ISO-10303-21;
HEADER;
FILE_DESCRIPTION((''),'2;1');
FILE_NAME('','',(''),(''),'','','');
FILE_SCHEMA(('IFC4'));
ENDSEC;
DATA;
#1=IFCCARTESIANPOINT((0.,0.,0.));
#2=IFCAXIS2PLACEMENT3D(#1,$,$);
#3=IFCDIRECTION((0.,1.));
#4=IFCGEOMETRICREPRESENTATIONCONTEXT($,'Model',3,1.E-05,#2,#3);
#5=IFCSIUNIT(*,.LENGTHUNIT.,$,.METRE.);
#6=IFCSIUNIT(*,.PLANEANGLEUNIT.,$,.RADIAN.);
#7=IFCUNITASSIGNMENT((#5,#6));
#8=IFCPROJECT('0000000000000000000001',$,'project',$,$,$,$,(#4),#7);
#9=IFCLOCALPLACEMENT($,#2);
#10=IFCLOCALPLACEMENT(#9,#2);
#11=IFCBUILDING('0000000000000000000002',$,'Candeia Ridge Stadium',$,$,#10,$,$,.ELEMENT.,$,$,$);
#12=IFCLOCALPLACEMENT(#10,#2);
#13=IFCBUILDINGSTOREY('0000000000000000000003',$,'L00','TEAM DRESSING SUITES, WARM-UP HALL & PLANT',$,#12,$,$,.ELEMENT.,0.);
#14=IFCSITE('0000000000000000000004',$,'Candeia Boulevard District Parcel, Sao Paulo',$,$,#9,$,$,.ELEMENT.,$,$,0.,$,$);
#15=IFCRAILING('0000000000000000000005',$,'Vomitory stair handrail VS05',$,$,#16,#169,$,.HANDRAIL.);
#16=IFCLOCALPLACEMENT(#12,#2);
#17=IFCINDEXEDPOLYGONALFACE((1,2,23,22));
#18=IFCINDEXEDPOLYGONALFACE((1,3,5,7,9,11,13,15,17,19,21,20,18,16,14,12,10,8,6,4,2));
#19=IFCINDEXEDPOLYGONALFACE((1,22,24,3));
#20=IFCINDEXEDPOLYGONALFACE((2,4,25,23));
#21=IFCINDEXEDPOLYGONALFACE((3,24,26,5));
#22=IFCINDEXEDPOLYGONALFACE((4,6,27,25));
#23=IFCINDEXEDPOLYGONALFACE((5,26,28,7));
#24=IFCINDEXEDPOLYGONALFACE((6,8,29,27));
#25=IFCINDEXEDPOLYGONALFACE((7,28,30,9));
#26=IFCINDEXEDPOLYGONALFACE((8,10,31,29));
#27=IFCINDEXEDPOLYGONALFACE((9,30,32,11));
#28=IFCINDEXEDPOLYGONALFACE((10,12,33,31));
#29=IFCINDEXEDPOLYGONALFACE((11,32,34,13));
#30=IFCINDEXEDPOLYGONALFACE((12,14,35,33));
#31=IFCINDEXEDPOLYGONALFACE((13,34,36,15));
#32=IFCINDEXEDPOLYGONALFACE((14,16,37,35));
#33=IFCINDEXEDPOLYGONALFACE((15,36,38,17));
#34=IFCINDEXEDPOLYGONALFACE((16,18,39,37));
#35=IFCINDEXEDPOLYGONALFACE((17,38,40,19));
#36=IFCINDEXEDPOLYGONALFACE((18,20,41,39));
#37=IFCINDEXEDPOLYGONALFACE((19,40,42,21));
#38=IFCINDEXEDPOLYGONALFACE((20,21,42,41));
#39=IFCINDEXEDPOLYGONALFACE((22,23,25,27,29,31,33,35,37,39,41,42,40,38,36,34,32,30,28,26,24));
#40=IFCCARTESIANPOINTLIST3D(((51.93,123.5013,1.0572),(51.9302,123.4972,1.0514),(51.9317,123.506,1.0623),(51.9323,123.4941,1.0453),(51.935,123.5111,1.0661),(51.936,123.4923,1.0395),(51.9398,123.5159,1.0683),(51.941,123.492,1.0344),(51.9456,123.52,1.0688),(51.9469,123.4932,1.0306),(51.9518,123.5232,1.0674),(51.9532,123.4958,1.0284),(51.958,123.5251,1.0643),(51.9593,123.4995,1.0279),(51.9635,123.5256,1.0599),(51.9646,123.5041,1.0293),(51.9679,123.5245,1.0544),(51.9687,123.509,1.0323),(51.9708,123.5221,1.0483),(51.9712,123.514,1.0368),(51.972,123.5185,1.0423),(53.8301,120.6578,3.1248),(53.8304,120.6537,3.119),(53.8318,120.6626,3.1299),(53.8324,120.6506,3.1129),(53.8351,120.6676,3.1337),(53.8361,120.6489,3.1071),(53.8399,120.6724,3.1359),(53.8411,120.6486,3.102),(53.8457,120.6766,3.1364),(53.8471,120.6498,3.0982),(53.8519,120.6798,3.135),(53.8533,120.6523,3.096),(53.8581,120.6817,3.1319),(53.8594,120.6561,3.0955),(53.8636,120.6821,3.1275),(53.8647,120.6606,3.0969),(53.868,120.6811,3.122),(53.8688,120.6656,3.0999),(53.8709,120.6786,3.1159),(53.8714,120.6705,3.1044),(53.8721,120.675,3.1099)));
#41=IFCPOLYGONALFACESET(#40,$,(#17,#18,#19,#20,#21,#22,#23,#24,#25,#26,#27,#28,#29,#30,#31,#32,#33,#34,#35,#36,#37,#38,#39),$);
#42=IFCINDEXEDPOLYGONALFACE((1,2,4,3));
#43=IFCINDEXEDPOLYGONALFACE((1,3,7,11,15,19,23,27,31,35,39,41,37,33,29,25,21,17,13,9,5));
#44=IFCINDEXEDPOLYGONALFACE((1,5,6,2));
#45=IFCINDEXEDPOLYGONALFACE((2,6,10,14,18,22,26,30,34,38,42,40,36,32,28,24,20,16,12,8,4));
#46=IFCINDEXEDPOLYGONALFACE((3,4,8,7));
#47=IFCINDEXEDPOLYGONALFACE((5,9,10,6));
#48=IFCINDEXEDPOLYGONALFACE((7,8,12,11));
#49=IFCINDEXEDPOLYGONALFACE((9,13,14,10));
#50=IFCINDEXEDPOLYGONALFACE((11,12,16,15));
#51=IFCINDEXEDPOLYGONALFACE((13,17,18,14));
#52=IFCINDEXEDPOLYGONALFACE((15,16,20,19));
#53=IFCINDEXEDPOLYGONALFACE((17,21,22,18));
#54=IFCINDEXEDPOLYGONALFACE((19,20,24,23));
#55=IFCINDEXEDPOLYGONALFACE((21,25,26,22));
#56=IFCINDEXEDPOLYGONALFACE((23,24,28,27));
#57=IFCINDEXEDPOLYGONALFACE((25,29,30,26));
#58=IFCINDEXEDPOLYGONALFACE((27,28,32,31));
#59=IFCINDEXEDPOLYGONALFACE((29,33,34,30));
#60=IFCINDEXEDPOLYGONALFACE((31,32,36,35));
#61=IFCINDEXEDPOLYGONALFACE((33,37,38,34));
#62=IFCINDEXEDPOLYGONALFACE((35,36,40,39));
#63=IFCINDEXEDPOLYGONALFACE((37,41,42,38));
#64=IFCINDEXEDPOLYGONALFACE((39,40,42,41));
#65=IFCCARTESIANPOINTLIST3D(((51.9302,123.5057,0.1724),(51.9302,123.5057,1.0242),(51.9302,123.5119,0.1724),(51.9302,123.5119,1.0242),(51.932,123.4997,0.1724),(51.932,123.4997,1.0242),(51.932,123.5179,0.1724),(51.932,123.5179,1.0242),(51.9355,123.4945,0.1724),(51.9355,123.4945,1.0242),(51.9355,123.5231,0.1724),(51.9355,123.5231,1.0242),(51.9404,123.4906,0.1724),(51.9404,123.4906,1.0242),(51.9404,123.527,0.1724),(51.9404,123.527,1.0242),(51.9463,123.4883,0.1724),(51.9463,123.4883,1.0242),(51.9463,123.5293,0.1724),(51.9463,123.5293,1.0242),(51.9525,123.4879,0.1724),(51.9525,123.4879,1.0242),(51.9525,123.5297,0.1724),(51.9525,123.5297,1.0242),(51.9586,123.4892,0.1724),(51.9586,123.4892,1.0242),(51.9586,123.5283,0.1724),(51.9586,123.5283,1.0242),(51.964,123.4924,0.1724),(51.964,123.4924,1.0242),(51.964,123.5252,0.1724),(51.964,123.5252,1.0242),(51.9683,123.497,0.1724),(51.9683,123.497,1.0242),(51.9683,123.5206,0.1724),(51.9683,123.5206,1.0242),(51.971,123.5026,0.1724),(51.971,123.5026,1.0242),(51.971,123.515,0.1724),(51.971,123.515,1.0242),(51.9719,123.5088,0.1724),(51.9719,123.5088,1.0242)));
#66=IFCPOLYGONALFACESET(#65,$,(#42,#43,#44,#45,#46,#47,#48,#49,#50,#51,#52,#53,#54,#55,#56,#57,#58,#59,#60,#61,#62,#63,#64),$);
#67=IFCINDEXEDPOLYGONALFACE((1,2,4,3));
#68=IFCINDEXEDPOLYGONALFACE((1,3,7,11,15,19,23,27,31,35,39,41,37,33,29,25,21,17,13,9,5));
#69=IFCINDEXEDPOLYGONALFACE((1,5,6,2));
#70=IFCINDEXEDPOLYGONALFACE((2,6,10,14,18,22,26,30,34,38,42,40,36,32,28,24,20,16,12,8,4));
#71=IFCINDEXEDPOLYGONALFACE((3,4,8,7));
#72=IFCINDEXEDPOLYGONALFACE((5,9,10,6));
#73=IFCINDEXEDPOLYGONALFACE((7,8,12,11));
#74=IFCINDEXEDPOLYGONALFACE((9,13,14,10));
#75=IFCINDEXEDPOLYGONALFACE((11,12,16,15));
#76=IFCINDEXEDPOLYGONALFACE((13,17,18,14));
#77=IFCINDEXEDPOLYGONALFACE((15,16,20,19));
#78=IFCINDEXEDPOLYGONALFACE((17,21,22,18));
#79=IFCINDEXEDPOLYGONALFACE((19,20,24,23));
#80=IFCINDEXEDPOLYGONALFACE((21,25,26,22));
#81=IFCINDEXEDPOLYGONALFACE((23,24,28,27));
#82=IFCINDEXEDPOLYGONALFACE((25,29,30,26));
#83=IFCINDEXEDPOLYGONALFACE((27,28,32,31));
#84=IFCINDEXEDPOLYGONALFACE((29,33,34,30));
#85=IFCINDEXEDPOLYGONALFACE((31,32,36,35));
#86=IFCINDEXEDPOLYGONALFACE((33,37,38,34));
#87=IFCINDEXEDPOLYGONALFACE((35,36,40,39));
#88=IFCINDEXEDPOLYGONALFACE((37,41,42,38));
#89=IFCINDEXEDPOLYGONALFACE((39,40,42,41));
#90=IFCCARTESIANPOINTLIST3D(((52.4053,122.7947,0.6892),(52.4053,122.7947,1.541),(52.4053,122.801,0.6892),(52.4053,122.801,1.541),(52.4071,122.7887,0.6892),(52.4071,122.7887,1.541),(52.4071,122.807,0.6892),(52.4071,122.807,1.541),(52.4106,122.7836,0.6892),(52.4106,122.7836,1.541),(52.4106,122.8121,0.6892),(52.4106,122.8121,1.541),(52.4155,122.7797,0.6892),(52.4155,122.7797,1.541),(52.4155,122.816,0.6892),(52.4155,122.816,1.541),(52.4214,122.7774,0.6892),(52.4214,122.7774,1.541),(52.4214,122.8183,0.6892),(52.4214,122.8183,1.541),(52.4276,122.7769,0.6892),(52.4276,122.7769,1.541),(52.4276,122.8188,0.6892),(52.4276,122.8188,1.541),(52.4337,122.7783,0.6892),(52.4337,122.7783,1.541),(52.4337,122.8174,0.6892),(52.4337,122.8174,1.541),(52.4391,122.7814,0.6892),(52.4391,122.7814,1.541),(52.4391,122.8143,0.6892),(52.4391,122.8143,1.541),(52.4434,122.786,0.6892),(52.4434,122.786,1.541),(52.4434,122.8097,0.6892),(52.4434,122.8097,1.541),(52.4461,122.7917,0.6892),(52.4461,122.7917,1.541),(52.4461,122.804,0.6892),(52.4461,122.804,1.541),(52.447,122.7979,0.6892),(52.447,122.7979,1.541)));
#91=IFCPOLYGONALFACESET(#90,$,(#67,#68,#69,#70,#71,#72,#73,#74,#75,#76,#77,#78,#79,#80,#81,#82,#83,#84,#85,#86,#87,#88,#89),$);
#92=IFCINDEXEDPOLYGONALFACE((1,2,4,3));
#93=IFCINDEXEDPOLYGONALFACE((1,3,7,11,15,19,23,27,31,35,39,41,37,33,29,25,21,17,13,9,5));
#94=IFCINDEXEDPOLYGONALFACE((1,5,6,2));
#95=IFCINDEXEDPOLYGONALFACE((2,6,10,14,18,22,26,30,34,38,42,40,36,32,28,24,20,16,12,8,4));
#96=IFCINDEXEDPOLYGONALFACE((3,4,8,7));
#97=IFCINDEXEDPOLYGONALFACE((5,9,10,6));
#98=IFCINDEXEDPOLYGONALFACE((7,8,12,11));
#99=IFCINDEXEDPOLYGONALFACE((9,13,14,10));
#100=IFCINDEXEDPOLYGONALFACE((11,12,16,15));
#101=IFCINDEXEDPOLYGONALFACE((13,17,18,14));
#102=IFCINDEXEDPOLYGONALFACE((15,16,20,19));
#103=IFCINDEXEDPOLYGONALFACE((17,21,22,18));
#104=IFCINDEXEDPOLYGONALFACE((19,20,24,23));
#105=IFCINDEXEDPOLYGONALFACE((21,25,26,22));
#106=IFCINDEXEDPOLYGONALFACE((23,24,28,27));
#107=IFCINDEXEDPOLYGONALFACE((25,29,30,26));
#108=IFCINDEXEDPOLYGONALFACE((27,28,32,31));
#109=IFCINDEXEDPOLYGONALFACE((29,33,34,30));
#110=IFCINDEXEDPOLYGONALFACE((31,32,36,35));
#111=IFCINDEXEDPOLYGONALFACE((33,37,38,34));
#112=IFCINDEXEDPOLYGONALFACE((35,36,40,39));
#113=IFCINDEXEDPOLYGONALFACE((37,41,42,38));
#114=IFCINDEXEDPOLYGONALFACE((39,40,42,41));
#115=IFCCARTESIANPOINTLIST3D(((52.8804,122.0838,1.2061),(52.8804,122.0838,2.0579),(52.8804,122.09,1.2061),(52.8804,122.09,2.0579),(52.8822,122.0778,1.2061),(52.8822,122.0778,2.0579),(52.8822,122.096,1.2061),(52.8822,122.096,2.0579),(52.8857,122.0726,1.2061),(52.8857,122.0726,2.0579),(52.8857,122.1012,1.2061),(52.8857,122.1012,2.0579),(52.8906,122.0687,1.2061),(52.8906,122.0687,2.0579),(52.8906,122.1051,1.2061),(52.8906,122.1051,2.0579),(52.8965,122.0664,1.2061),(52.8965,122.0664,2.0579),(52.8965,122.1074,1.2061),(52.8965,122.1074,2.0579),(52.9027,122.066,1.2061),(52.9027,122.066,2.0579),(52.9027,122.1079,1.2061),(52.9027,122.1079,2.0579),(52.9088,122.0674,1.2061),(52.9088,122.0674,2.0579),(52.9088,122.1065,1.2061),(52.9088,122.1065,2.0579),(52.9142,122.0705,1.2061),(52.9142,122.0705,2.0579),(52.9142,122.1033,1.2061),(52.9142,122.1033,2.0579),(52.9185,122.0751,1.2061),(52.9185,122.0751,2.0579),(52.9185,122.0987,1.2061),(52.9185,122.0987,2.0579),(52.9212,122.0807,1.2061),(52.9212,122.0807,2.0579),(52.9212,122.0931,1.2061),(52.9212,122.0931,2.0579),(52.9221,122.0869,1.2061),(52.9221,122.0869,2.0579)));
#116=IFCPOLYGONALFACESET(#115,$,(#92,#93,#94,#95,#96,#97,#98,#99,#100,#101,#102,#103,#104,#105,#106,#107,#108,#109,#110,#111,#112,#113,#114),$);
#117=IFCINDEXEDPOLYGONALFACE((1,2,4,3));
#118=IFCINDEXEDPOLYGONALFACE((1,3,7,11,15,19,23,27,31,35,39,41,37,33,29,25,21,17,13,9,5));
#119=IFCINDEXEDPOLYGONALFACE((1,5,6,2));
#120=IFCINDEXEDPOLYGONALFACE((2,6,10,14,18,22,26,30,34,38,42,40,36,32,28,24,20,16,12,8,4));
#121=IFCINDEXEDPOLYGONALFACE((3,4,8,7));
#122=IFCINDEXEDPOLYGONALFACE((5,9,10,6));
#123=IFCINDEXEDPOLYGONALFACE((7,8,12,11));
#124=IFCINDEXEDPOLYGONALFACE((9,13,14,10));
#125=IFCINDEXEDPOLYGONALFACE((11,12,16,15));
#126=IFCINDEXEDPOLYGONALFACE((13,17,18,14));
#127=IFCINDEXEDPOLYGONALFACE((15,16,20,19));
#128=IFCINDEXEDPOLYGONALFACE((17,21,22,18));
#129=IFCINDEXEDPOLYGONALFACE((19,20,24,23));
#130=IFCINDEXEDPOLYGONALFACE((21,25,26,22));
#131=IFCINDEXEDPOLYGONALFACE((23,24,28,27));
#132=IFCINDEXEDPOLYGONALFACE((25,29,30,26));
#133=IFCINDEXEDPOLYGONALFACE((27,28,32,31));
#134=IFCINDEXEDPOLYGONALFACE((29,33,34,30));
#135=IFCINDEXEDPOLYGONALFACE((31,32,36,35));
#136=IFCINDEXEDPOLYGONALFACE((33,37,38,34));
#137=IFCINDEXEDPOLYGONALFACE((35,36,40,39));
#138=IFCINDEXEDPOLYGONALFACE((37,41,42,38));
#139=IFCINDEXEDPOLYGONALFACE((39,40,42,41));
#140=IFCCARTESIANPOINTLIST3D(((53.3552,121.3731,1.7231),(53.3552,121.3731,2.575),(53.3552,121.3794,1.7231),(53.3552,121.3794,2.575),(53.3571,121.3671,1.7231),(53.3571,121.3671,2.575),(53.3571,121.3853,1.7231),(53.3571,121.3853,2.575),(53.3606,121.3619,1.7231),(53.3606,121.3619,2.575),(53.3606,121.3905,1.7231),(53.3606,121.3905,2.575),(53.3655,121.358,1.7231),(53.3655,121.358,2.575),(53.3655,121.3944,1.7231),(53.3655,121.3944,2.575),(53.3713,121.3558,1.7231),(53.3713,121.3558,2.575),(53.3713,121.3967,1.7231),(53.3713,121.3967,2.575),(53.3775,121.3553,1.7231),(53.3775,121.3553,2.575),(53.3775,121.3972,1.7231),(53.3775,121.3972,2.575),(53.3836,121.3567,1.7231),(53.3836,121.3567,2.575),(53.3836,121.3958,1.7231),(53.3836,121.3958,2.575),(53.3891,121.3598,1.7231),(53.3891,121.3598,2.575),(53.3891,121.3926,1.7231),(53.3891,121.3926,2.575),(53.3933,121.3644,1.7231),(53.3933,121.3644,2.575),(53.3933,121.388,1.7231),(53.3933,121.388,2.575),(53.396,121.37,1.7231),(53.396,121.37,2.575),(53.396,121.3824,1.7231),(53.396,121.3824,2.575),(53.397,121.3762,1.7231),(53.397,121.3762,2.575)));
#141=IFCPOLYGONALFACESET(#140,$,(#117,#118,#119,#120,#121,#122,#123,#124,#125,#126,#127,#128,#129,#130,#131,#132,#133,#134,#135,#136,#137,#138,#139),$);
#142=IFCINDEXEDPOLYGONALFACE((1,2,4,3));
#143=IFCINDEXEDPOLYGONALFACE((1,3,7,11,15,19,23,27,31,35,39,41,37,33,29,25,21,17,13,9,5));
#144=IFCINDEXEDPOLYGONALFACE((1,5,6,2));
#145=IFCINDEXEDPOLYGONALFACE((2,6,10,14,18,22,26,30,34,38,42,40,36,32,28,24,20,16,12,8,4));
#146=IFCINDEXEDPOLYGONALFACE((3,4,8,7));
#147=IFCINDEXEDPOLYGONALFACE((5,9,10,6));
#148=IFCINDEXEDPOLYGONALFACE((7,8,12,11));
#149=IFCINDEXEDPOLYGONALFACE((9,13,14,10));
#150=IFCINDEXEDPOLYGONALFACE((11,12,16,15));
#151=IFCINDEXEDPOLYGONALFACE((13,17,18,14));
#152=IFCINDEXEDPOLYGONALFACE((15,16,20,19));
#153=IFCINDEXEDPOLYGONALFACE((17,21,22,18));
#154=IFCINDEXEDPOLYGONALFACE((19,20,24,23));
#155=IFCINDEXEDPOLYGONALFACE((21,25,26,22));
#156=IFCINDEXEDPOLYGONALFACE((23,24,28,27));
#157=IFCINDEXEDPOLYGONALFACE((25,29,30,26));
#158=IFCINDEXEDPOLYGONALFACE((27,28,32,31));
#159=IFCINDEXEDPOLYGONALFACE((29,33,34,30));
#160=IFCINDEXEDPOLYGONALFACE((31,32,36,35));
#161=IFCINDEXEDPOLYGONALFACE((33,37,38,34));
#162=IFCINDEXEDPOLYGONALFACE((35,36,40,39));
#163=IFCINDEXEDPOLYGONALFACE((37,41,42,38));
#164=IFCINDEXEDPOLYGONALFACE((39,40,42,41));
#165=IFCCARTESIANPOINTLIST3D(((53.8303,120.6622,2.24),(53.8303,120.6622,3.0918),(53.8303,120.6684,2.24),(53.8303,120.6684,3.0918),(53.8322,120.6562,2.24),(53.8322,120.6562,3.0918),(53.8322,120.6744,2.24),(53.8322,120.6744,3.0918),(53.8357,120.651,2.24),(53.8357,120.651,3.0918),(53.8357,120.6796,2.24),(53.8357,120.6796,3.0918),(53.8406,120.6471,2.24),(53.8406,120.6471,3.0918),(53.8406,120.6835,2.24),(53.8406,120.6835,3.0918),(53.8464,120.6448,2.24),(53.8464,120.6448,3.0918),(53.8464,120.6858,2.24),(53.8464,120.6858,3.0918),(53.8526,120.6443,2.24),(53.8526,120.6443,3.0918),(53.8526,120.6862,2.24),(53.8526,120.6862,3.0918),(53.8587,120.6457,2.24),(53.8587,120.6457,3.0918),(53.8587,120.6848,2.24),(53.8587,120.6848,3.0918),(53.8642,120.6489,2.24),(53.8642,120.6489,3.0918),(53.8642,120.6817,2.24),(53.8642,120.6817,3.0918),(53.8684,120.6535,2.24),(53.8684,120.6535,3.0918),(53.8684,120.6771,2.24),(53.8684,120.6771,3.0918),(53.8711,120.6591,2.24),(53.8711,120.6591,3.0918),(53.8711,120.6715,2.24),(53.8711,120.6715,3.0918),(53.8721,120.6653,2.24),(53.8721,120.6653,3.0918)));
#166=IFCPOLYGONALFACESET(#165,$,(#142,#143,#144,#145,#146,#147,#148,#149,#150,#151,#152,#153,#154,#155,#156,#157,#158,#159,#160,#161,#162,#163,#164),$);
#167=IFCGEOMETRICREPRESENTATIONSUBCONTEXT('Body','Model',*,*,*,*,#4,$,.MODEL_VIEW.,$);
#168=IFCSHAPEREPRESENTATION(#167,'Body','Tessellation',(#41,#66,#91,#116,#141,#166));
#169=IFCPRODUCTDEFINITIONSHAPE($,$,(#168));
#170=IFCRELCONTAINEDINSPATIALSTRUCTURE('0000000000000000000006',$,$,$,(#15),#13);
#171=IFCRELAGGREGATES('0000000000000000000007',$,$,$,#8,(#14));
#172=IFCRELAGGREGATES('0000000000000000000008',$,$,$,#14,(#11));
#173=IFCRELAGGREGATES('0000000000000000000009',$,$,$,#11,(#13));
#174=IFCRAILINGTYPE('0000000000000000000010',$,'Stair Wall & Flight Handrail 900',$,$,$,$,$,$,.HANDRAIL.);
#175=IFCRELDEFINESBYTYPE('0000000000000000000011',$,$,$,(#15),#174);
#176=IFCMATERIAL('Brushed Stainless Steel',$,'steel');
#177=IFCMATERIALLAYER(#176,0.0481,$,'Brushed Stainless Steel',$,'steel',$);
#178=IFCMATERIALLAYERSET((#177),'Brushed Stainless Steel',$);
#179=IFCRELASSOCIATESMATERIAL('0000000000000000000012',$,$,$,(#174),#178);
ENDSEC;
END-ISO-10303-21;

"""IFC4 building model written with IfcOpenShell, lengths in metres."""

from ifc_helpers import new_model, si_unit, direction, frame, origin, origin_2d, place, context, subcontext, project, spatial, circle, extrude, material, layer, layer_set, type_object, element, save


model = new_model("IFC4")

# Units and contexts
model_context = context("Model", 3, precision=1e-05, world=origin(), true_north=direction((0.0, 1.0)))
body_context = subcontext(model_context, "Body", "Model", "MODEL_VIEW")
ifc_project = project(units=[si_unit("LENGTHUNIT", "METRE"), si_unit("PLANEANGLEUNIT", "RADIAN")], contexts=[model_context])

# Site, building, storey
site_placement = place(None, origin())
site = spatial("IfcSite", under=ifc_project, at=site_placement, Name="Candeia Boulevard District Parcel, Sao Paulo", CompositionType="ELEMENT", RefElevation=0.0)
building_placement = place(site_placement, origin())
building = spatial("IfcBuilding", under=site, at=building_placement, Name="Candeia Ridge Stadium", CompositionType="ELEMENT")
storey_placement = place(building_placement, origin())
storey = spatial("IfcBuildingStorey", under=building, at=storey_placement, Name="L00", Description="TEAM DRESSING SUITES, WARM-UP HALL & PLANT", CompositionType="ELEMENT", Elevation=0.0)

# Railing
ifc_material_1 = material(Name="Brushed Stainless Steel", Category="steel")
ifc_layer_1 = layer(ifc_material_1, 0.0481, Name="Brushed Stainless Steel", Category="steel")
ifc_layer_set_1 = layer_set([ifc_layer_1], Name="Brushed Stainless Steel")
railing_type_1 = type_object("IfcRailingType", Name="Stair Wall & Flight Handrail 900", PredefinedType="HANDRAIL", material=ifc_layer_set_1)
railing_1_placement = place(storey_placement, frame((51.9509, 123.5088, 0.1724)))
element("IfcRailing", 1, at=railing_1_placement, inside=storey, type_object=railing_type_1, Name="Vomitory stair handrail VS05", PredefinedType="HANDRAIL", context=body_context, shape_type="SweptSolid", body=[
    extrude(circle(Radius=0.0239, at=origin_2d()), frame((0.0, 0.0, 0.876), z_axis=(0.475465, -0.711518, 0.517373), x_axis=(0.831446, 0.555606, 0.0)), (0.0, 0.0, 1.0), 3.9963),
    extrude(circle(Radius=0.021, at=origin_2d()), origin(), (0.0, 0.0, 1.0), 0.8518),
    extrude(circle(Radius=0.021, at=origin_2d()), frame((0.4751, -0.7109, 0.5168)), (0.0, 0.0, 1.0), 0.8518),
    extrude(circle(Radius=0.021, at=origin_2d()), frame((0.9502, -1.4219, 1.0337)), (0.0, 0.0, 1.0), 0.8518),
    extrude(circle(Radius=0.021, at=origin_2d()), frame((1.425, -2.1326, 1.5508)), (0.0, 0.0, 1.0), 0.8518),
    extrude(circle(Radius=0.021, at=origin_2d()), frame((1.9001, -2.8435, 2.0676)), (0.0, 0.0, 1.0), 0.8518),
])

save(model, "model.ifc")
